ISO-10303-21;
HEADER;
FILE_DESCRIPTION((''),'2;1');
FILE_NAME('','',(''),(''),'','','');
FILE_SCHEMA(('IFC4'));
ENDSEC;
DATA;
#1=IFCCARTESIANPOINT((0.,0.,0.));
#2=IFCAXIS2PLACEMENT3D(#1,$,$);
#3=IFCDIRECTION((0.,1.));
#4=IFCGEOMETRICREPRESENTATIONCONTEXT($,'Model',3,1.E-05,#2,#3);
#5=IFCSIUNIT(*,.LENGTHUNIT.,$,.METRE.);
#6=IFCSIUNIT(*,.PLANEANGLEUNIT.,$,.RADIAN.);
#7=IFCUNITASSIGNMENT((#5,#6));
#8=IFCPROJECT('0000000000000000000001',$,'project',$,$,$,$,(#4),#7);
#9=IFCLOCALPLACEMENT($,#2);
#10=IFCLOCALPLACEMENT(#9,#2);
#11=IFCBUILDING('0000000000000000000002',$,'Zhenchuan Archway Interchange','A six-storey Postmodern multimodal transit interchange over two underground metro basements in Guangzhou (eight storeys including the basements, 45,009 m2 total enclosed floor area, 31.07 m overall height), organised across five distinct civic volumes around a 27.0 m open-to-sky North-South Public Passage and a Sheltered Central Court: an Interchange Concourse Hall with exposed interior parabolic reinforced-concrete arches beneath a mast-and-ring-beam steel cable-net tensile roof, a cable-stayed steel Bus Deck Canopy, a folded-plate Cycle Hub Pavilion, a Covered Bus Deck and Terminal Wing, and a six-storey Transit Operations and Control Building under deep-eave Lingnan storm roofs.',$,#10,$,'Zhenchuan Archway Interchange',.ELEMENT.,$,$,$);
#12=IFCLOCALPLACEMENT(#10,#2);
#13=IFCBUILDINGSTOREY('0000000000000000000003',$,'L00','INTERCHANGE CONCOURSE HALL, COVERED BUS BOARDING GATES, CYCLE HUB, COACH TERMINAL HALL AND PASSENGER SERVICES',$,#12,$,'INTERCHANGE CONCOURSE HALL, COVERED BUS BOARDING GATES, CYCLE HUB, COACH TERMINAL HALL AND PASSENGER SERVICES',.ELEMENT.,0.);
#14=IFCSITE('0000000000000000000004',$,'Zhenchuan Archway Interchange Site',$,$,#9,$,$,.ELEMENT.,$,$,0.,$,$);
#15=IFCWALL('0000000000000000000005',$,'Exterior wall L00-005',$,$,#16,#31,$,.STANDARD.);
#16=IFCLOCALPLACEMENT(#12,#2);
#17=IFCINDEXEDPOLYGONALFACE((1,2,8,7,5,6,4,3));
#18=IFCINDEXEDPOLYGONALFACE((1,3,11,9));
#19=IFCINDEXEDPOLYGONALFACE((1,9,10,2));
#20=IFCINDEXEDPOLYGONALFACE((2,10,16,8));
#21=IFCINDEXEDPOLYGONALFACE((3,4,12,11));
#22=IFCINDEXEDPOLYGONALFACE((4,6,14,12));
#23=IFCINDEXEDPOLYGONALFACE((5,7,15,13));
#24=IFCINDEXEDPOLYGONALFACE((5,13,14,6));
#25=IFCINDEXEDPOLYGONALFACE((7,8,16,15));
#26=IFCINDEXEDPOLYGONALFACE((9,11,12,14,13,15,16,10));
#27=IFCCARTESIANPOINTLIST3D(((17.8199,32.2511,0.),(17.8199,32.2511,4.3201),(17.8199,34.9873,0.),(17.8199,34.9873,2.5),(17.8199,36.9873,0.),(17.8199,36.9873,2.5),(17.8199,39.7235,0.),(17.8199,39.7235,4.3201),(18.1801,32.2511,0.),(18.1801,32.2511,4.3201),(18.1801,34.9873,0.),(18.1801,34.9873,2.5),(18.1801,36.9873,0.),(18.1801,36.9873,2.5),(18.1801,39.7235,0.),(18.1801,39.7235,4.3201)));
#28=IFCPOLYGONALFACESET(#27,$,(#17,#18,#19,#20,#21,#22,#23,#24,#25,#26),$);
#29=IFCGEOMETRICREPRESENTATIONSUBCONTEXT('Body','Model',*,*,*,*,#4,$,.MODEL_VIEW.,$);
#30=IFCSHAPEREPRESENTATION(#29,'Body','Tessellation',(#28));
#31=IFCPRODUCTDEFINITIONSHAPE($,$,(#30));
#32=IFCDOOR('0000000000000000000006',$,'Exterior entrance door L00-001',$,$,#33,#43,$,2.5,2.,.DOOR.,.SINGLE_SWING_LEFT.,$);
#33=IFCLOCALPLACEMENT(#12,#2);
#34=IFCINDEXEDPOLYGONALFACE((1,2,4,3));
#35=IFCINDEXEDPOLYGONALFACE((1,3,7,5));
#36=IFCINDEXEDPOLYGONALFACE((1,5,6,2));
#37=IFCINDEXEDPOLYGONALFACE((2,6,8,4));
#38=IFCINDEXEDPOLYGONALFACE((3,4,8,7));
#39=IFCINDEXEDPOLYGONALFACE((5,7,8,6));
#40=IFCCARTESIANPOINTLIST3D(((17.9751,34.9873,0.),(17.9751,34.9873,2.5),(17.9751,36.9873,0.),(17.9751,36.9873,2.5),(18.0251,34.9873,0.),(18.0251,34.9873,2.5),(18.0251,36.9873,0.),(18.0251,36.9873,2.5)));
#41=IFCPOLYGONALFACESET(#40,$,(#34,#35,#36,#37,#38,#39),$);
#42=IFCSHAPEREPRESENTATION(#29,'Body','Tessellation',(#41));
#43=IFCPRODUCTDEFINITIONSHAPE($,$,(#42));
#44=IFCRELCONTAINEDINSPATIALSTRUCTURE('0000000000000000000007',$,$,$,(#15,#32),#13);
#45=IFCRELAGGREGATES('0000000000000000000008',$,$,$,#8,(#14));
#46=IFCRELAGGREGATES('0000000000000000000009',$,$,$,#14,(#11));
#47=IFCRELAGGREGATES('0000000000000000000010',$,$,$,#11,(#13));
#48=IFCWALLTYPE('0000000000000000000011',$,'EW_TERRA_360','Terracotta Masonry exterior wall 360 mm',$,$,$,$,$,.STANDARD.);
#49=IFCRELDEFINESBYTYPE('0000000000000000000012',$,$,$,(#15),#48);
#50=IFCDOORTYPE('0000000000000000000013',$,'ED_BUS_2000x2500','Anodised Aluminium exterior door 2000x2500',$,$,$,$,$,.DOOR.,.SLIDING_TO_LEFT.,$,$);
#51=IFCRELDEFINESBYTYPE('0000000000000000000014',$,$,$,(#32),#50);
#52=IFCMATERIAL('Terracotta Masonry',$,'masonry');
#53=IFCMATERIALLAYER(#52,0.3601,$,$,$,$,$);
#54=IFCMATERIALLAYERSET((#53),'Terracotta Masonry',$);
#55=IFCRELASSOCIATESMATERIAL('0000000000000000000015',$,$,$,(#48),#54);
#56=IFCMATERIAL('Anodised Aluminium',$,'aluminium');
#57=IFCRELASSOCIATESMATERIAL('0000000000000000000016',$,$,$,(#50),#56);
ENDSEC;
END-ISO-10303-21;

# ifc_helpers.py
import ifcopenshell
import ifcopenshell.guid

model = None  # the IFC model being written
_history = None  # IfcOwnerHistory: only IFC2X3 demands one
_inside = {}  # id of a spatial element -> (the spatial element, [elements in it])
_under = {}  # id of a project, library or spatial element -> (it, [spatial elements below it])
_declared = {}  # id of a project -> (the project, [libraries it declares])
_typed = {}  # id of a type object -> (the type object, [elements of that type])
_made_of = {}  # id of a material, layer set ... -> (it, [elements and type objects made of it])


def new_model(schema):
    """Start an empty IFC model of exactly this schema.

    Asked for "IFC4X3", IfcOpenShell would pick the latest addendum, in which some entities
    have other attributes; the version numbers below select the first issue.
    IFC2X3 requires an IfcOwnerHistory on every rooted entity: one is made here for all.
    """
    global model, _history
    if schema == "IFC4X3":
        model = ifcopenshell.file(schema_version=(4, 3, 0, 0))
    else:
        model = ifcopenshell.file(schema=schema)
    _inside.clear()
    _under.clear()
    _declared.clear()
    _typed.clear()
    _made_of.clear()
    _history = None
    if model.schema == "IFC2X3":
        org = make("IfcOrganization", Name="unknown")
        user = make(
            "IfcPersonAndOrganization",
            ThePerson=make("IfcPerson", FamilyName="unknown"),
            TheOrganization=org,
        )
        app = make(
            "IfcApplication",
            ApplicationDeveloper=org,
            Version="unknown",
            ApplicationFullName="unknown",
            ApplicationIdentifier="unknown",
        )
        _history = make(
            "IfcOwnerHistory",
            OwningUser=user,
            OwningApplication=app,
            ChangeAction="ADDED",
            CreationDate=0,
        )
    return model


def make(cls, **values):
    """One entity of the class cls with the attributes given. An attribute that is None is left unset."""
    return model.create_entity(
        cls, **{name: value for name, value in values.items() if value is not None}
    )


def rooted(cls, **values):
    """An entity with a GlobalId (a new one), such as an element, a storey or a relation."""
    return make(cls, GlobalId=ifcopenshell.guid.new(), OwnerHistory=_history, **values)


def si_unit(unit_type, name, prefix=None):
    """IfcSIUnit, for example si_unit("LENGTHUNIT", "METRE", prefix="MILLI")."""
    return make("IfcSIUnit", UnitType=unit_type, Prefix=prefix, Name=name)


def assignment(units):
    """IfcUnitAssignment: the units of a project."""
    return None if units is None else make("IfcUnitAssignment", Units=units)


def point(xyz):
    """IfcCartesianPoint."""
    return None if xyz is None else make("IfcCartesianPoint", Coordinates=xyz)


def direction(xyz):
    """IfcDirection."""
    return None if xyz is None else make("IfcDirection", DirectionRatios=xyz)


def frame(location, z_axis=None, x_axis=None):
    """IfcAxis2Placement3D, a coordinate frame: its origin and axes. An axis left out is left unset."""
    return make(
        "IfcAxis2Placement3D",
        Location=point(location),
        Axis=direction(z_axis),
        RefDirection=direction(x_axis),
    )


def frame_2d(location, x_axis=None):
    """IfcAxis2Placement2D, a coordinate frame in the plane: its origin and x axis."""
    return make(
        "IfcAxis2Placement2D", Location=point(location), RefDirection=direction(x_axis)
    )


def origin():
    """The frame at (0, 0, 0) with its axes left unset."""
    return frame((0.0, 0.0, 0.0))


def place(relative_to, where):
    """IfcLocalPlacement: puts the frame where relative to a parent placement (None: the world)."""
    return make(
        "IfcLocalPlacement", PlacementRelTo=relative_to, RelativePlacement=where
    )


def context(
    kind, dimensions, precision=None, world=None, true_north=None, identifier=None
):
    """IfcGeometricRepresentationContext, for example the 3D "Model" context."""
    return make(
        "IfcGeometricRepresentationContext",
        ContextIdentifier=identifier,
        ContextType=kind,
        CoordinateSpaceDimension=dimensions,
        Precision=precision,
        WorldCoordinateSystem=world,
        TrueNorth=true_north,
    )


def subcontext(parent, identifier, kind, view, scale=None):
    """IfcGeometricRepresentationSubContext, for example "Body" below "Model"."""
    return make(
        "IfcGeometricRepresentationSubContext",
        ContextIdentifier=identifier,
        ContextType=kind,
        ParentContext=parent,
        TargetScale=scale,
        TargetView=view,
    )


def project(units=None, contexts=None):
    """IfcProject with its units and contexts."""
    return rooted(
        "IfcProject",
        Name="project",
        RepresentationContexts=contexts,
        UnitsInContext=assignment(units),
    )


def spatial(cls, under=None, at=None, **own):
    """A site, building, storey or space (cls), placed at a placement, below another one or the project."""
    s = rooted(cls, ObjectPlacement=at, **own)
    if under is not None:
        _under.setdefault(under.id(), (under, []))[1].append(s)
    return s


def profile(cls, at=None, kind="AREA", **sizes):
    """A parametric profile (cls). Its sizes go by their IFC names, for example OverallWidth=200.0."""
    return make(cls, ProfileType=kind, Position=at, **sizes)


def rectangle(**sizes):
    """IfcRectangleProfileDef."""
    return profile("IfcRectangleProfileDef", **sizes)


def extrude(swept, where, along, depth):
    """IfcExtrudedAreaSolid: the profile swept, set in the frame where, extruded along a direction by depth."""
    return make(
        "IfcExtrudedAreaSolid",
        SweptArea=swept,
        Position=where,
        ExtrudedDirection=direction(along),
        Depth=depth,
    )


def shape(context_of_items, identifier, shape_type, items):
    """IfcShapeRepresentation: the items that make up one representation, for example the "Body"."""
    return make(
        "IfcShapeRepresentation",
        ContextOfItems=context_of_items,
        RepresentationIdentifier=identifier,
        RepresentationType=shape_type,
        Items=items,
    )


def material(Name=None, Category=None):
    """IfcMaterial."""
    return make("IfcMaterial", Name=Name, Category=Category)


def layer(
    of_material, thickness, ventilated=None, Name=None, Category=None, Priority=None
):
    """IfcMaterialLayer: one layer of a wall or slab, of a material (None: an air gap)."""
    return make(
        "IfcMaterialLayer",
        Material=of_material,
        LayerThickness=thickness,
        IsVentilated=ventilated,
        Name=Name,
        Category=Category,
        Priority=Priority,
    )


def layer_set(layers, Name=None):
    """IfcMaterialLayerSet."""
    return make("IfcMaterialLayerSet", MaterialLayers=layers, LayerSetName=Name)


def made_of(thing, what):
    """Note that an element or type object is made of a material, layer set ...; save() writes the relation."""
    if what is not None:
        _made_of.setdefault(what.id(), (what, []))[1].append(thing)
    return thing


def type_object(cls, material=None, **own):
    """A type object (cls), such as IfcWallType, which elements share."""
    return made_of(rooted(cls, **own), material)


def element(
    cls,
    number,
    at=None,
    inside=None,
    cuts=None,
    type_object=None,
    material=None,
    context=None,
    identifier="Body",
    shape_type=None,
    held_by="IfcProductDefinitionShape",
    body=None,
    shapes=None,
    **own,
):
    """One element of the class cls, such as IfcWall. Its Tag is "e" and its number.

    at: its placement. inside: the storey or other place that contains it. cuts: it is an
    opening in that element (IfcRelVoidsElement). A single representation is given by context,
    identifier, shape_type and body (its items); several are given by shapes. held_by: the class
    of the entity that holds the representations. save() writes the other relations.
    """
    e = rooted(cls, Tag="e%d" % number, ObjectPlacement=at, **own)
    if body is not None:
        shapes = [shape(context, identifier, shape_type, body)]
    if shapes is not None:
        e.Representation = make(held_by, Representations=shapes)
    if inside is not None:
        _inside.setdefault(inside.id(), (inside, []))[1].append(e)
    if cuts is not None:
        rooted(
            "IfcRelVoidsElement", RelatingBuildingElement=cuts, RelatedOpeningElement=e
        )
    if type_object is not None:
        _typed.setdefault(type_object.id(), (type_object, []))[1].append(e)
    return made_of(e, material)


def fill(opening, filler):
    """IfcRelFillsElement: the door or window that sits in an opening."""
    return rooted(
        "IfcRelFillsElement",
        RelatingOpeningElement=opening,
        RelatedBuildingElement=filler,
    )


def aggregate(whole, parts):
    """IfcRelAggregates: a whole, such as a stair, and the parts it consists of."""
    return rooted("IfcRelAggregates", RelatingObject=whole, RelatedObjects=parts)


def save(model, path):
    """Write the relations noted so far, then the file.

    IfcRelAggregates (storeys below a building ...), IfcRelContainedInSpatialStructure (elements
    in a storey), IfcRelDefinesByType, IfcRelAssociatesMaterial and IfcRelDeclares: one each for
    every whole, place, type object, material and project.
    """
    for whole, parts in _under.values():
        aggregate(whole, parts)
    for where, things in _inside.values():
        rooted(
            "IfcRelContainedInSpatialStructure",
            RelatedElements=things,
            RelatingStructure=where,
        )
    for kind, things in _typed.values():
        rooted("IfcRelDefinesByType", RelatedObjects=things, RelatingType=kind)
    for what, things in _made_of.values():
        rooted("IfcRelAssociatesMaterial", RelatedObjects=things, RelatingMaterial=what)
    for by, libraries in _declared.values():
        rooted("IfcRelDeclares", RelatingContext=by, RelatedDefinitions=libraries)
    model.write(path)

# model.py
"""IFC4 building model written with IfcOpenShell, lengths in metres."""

from ifc_helpers import new_model, si_unit, direction, frame, frame_2d, origin, place, context, subcontext, project, spatial, rectangle, extrude, material, layer, layer_set, type_object, element, fill, save


model = new_model("IFC4")

# Units and contexts
model_context = context("Model", 3, precision=1e-05, world=origin(), true_north=direction((0.0, 1.0)))
body_context = subcontext(model_context, "Body", "Model", "MODEL_VIEW")
ifc_project = project(units=[si_unit("LENGTHUNIT", "METRE"), si_unit("PLANEANGLEUNIT", "RADIAN")], contexts=[model_context])

# Site, building, storey
site_placement = place(None, origin())
site = spatial("IfcSite", under=ifc_project, at=site_placement, Name="Zhenchuan Archway Interchange Site", CompositionType="ELEMENT", RefElevation=0.0)
building_placement = place(site_placement, origin())
building = spatial("IfcBuilding", under=site, at=building_placement, Name="Zhenchuan Archway Interchange", Description="A six-storey Postmodern multimodal transit interchange over two underground metro basements in Guangzhou (eight storeys including the basements, 45,009 m2 total enclosed floor area, 31.07 m overall height), organised across five distinct civic volumes around a 27.0 m open-to-sky North-South Public Passage and a Sheltered Central Court: an Interchange Concourse Hall with exposed interior parabolic reinforced-concrete arches beneath a mast-and-ring-beam steel cable-net tensile roof, a cable-stayed steel Bus Deck Canopy, a folded-plate Cycle Hub Pavilion, a Covered Bus Deck and Terminal Wing, and a six-storey Transit Operations and Control Building under deep-eave Lingnan storm roofs.", LongName="Zhenchuan Archway Interchange", CompositionType="ELEMENT")
storey_placement = place(building_placement, origin())
storey = spatial("IfcBuildingStorey", under=building, at=storey_placement, Name="L00", Description="INTERCHANGE CONCOURSE HALL, COVERED BUS BOARDING GATES, CYCLE HUB, COACH TERMINAL HALL AND PASSENGER SERVICES", LongName="INTERCHANGE CONCOURSE HALL, COVERED BUS BOARDING GATES, CYCLE HUB, COACH TERMINAL HALL AND PASSENGER SERVICES", CompositionType="ELEMENT", Elevation=0.0)

# Wall, opening, door
ifc_material_1 = material(Name="Terracotta Masonry", Category="masonry")
ifc_layer = layer(ifc_material_1, 0.3601)
ifc_layer_set = layer_set([ifc_layer], Name="Terracotta Masonry")
wall_type = type_object("IfcWallType", Name="EW_TERRA_360", Description="Terracotta Masonry exterior wall 360 mm", PredefinedType="STANDARD", material=ifc_layer_set)
wall_placement = place(storey_placement, frame((18.0, 32.251, 0.0), z_axis=(0.0, 0.0, 1.0), x_axis=(0.0, 1.0, 0.0)))
wall = element("IfcWall", 1, at=wall_placement, inside=storey, type_object=wall_type, Name="Exterior wall L00-005", PredefinedType="STANDARD", context=body_context, shape_type="SweptSolid", body=[
    extrude(rectangle(XDim=7.4724, YDim=0.3601, at=frame_2d((3.7363, 0.0))), origin(), (0.0, 0.0, 1.0), 4.3201),
])
opening_placement = place(wall_placement, frame((2.7363, 0.0, 0.0)))
opening = element("IfcOpeningElement", 2, at=opening_placement, cuts=wall, PredefinedType="OPENING", context=body_context, shape_type="SweptSolid", body=[
    extrude(rectangle(XDim=2.0, YDim=2.5, at=frame_2d((1.0, 1.25))), frame((0.0, 0.1919, 0.0), z_axis=(0.0, -1.0, 0.0), x_axis=(1.0, 0.0, 0.0)), (0.0, 0.0, 1.0), 0.384),
])
ifc_material_2 = material(Name="Anodised Aluminium", Category="aluminium")
door_type = type_object("IfcDoorType", Name="ED_BUS_2000x2500", Description="Anodised Aluminium exterior door 2000x2500", OperationType="SLIDING_TO_LEFT", PredefinedType="DOOR", material=ifc_material_2)
door_placement = place(opening_placement, origin())
door = element("IfcDoor", 3, at=door_placement, inside=storey, type_object=door_type, Name="Exterior entrance door L00-001", OperationType="SINGLE_SWING_LEFT", OverallHeight=2.5, OverallWidth=2.0, PredefinedType="DOOR", context=body_context, shape_type="SweptSolid", body=[
    extrude(rectangle(XDim=2.0, YDim=2.5, at=frame_2d((1.0, 1.25))), frame((0.0, 0.0249, 0.0), z_axis=(0.0, -1.0, 0.0), x_axis=(1.0, 0.0, 0.0)), (0.0, 0.0, 1.0), 0.05),
])
fill(opening, door)

save(model, "model.ifc")
